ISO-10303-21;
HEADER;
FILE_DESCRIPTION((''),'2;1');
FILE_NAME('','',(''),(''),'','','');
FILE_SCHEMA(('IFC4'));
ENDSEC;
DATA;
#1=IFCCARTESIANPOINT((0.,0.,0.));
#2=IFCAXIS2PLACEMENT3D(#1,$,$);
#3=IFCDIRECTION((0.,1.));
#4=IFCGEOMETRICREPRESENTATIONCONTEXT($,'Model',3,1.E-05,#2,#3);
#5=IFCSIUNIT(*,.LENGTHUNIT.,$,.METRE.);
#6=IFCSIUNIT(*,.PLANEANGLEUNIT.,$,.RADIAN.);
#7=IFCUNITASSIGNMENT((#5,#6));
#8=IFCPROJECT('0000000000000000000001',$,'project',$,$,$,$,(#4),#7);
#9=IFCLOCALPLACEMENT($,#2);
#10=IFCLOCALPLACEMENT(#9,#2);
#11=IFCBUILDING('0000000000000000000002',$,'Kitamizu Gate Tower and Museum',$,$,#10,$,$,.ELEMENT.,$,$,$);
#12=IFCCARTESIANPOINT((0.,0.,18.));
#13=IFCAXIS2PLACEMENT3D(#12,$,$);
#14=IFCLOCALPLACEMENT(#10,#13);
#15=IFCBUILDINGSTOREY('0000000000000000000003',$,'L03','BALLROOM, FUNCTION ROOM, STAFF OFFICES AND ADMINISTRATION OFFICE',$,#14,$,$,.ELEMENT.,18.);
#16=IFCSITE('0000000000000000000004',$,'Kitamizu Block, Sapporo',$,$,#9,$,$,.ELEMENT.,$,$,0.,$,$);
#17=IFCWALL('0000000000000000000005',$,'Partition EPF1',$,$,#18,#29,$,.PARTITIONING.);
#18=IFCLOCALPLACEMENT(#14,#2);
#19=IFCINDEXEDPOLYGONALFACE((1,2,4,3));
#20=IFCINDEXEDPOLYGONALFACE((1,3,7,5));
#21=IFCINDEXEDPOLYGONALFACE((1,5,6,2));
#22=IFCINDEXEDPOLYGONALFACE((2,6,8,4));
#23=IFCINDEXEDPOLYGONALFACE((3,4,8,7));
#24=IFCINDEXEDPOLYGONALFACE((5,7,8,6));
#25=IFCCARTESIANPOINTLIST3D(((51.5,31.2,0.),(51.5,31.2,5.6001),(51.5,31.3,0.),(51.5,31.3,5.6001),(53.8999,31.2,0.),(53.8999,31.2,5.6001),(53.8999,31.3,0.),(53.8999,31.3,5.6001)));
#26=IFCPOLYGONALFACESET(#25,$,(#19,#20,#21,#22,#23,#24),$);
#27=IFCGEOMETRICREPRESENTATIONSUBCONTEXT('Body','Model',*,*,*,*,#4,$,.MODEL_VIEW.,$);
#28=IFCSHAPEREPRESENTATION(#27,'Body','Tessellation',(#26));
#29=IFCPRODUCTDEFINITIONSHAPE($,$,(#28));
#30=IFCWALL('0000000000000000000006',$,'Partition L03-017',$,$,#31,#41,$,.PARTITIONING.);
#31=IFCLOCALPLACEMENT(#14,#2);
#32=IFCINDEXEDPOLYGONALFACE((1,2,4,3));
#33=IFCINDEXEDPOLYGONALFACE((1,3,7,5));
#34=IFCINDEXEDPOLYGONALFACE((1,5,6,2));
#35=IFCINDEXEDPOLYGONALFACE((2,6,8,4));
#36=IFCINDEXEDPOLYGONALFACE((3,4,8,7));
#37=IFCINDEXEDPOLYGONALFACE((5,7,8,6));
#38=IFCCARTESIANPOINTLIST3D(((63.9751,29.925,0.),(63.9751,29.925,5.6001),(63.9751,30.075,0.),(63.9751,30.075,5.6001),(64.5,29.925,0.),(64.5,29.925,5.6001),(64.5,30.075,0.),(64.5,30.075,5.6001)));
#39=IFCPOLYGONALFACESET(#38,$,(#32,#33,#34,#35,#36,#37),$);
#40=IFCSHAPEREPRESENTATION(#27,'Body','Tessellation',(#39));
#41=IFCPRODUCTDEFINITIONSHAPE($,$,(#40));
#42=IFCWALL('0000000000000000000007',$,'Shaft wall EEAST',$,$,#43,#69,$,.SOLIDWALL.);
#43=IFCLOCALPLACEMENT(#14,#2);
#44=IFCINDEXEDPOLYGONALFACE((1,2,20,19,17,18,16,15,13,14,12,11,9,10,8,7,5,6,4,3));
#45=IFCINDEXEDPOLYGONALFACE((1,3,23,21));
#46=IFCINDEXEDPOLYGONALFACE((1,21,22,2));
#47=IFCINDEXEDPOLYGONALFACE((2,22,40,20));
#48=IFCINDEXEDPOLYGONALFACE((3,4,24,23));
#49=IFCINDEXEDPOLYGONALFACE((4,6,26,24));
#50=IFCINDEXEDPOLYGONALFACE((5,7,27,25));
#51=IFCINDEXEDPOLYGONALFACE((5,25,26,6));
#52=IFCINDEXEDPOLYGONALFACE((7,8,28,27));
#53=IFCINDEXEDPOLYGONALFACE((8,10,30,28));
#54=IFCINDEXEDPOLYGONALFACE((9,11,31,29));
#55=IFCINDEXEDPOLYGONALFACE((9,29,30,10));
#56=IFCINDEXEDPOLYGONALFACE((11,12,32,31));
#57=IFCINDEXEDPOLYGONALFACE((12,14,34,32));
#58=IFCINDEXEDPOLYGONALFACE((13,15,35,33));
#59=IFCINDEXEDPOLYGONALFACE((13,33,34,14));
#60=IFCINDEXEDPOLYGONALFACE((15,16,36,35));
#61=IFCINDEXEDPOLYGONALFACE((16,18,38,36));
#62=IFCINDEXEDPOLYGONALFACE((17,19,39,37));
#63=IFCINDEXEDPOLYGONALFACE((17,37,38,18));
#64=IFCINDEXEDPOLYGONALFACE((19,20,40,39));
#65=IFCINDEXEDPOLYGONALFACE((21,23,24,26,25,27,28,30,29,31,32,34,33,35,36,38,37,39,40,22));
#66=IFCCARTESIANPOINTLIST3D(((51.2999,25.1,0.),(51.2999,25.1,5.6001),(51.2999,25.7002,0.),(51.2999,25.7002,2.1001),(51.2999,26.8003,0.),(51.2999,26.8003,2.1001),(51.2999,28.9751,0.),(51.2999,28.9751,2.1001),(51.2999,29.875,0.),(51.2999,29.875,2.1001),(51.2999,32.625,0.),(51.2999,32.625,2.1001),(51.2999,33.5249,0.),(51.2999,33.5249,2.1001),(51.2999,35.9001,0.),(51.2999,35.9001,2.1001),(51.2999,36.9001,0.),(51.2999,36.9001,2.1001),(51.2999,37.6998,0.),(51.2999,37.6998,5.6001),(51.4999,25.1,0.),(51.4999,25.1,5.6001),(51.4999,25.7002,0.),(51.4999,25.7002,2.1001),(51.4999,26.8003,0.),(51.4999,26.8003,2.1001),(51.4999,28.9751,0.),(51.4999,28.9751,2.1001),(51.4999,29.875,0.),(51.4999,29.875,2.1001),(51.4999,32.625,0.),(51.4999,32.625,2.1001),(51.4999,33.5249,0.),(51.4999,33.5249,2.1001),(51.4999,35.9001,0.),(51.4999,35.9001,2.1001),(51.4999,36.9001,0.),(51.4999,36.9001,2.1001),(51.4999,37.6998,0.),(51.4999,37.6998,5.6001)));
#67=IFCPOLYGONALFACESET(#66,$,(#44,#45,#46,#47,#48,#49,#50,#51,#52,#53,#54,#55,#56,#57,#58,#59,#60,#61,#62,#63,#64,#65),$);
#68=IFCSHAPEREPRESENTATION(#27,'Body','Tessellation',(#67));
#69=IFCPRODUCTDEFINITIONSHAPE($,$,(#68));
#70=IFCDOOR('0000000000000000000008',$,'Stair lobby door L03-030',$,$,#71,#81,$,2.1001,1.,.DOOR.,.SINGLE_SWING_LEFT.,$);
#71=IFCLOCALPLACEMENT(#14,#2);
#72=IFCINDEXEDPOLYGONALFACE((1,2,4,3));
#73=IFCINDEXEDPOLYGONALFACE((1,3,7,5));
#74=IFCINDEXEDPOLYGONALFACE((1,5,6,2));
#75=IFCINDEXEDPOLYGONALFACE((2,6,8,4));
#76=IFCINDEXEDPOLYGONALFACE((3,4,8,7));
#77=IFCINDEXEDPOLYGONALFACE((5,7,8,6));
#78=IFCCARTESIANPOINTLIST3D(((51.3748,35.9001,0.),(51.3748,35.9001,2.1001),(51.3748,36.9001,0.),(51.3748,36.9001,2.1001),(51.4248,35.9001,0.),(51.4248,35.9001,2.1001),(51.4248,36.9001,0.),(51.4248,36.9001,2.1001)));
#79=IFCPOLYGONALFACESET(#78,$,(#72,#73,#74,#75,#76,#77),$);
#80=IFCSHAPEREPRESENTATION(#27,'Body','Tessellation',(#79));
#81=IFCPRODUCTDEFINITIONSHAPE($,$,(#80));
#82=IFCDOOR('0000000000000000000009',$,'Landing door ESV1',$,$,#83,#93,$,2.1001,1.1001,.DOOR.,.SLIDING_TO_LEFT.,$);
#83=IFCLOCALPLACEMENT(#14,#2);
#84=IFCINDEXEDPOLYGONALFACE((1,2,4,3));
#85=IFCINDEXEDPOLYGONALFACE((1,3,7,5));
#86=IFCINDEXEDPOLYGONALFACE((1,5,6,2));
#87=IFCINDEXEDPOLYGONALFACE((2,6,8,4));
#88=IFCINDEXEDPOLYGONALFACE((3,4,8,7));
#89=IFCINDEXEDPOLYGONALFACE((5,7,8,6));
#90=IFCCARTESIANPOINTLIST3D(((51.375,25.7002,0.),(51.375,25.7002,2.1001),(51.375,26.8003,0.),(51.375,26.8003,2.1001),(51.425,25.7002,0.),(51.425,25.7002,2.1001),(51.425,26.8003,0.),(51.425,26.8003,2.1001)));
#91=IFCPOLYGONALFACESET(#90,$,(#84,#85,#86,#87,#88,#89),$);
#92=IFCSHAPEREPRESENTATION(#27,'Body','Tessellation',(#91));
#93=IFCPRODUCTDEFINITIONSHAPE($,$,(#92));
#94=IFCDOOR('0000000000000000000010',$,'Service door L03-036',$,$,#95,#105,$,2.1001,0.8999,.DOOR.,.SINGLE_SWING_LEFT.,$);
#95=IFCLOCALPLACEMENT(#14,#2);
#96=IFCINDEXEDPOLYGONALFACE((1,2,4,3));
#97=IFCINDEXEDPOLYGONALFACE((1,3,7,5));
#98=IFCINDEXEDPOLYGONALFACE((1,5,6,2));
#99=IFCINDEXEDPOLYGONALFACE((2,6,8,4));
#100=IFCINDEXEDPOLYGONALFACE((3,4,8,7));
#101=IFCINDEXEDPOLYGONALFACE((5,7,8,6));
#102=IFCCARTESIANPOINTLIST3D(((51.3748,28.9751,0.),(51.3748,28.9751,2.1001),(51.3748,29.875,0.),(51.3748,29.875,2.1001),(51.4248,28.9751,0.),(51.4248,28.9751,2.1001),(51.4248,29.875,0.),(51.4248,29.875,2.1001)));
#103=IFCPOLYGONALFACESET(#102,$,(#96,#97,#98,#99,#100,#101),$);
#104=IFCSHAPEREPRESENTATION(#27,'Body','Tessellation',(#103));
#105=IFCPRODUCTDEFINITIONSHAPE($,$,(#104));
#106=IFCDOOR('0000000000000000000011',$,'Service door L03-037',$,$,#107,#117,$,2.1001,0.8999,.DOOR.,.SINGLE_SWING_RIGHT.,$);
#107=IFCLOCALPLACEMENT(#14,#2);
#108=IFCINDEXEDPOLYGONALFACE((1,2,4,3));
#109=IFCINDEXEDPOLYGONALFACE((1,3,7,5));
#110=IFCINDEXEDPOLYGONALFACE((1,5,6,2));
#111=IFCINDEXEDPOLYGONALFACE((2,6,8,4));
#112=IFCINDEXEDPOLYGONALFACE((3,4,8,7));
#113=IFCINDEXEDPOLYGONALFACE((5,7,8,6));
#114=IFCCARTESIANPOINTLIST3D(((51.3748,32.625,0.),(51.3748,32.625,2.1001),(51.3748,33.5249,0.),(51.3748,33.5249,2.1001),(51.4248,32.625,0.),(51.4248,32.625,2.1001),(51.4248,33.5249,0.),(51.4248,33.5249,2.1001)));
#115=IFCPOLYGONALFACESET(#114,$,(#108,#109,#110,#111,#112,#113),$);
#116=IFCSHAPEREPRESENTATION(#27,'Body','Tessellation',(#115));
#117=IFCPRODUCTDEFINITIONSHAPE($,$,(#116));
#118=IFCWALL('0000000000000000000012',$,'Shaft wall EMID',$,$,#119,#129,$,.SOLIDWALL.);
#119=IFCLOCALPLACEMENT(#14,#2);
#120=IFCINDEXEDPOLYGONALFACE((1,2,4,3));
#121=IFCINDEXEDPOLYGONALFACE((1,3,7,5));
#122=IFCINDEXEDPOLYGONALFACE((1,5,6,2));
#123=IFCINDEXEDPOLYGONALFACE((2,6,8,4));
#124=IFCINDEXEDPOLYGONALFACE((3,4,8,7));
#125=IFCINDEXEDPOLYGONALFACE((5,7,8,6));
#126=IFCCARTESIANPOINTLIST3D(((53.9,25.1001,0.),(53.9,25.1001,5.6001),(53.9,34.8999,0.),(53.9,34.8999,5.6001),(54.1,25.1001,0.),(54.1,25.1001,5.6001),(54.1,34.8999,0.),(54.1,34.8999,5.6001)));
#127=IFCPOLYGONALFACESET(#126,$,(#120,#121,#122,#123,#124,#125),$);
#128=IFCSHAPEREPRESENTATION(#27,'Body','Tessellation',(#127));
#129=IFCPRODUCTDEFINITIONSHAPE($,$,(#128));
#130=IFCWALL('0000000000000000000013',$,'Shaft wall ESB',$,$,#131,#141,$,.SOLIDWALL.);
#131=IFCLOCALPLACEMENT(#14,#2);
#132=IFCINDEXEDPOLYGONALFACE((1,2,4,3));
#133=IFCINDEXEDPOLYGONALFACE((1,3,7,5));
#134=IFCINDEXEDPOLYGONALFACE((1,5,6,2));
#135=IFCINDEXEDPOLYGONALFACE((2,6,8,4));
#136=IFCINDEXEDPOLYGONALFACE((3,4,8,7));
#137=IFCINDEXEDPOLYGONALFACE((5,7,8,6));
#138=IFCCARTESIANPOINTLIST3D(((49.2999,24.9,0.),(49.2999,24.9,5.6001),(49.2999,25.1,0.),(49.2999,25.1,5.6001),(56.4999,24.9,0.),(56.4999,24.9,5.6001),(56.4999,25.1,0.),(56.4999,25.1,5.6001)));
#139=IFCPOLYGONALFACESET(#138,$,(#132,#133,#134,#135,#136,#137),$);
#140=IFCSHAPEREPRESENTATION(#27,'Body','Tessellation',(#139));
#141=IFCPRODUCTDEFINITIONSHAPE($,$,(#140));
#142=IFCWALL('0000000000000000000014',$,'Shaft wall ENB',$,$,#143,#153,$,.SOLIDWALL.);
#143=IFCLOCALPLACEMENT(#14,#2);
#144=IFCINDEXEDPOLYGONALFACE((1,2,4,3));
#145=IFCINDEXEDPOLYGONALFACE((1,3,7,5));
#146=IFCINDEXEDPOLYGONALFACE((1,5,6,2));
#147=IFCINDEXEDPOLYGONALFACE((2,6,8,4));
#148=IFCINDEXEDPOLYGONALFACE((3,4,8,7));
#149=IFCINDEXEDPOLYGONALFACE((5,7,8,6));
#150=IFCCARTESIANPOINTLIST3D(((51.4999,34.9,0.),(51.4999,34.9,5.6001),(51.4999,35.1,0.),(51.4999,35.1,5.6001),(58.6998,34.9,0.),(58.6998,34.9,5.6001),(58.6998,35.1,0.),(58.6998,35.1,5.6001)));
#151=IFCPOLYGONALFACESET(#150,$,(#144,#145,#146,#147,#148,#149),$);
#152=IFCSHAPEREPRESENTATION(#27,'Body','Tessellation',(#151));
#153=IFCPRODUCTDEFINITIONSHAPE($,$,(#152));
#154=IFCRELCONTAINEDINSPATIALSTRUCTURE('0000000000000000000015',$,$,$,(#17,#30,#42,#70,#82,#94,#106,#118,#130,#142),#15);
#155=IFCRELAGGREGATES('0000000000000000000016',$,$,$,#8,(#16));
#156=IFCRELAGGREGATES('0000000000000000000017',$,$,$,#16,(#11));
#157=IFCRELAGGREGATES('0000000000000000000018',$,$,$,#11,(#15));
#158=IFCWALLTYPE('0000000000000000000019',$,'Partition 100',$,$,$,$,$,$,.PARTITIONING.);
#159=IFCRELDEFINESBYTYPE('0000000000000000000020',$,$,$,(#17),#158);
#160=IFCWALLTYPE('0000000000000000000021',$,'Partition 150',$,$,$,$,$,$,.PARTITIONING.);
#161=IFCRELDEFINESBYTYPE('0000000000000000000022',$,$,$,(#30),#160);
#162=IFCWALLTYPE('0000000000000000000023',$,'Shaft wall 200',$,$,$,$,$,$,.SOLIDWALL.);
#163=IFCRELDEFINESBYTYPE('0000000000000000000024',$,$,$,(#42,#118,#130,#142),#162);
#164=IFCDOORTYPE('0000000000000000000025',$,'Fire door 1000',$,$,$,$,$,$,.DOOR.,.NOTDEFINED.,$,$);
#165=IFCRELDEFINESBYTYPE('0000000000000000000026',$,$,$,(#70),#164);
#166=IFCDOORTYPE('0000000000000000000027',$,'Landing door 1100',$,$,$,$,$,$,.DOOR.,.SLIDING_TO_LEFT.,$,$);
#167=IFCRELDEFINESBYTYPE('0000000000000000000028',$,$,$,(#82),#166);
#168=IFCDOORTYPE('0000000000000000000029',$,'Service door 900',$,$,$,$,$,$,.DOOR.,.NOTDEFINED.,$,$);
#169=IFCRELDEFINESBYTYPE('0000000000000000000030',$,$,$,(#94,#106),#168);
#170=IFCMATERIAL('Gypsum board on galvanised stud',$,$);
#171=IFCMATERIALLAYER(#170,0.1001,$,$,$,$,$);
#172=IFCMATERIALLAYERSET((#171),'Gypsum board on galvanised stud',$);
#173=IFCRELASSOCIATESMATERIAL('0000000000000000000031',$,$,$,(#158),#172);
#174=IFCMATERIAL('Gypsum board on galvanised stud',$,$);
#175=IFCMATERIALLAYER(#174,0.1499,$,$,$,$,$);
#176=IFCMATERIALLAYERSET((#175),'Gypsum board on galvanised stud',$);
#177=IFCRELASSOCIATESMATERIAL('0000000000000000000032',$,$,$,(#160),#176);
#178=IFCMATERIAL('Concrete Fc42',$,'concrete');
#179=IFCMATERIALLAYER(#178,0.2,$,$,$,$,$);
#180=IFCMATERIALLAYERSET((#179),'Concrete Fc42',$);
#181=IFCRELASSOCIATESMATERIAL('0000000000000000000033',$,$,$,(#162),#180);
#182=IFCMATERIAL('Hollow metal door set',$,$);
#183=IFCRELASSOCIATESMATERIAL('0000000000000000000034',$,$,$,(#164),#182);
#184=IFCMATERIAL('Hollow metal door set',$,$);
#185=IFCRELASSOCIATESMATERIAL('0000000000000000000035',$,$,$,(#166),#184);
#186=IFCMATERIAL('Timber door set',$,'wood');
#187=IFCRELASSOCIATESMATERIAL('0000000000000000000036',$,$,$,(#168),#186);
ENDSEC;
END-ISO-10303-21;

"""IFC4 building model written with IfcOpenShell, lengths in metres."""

from ifc_helpers import new_model, si_unit, direction, frame, frame_2d, origin, place, context, subcontext, project, spatial, rectangle, extrude, material, layer, layer_set, type_object, element, fill, save


model = new_model("IFC4")

# Units and contexts
model_context = context("Model", 3, precision=1e-05, world=origin(), true_north=direction((0.0, 1.0)))
body_context = subcontext(model_context, "Body", "Model", "MODEL_VIEW")
ifc_project = project(units=[si_unit("LENGTHUNIT", "METRE"), si_unit("PLANEANGLEUNIT", "RADIAN")], contexts=[model_context])

# Site, building, storey
site_placement = place(None, origin())
site = spatial("IfcSite", under=ifc_project, at=site_placement, Name="Kitamizu Block, Sapporo", CompositionType="ELEMENT", RefElevation=0.0)
building_placement = place(site_placement, origin())
building = spatial("IfcBuilding", under=site, at=building_placement, Name="Kitamizu Gate Tower and Museum", CompositionType="ELEMENT")
storey_placement = place(building_placement, frame((0.0, 0.0, 18.0)))
storey = spatial("IfcBuildingStorey", under=building, at=storey_placement, Name="L03", Description="BALLROOM, FUNCTION ROOM, STAFF OFFICES AND ADMINISTRATION OFFICE", CompositionType="ELEMENT", Elevation=18.0)

# Walls
ifc_material_1 = material(Name="Gypsum board on galvanised stud")
ifc_layer_1 = layer(ifc_material_1, 0.1001)
ifc_layer_set_1 = layer_set([ifc_layer_1], Name="Gypsum board on galvanised stud")
wall_type_1 = type_object("IfcWallType", Name="Partition 100", PredefinedType="PARTITIONING", material=ifc_layer_set_1)
wall_1_placement = place(storey_placement, frame((53.8999, 31.25, 0.0), z_axis=(0.0, 0.0, 1.0), x_axis=(-1.0, 0.0, 0.0)))
element("IfcWall", 1, at=wall_1_placement, inside=storey, type_object=wall_type_1, Name="Partition EPF1", PredefinedType="PARTITIONING", context=body_context, shape_type="SweptSolid", body=[
    extrude(rectangle(XDim=2.3999, YDim=0.1001, at=frame_2d((1.2, 0.0))), origin(), (0.0, 0.0, 1.0), 5.6001),
])
ifc_material_2 = material(Name="Gypsum board on galvanised stud")
ifc_layer_2 = layer(ifc_material_2, 0.1499)
ifc_layer_set_2 = layer_set([ifc_layer_2], Name="Gypsum board on galvanised stud")
wall_type_2 = type_object("IfcWallType", Name="Partition 150", PredefinedType="PARTITIONING", material=ifc_layer_set_2)
wall_2_placement = place(storey_placement, frame((63.9751, 30.0, 0.0), z_axis=(0.0, 0.0, 1.0), x_axis=(1.0, 0.0, 0.0)))
element("IfcWall", 2, at=wall_2_placement, inside=storey, type_object=wall_type_2, Name="Partition L03-017", PredefinedType="PARTITIONING", context=body_context, shape_type="SweptSolid", body=[
    extrude(rectangle(XDim=0.5249, YDim=0.1499, at=frame_2d((0.2625, 0.0))), origin(), (0.0, 0.0, 1.0), 5.6001),
])

# Wall, openings, doors
ifc_material_3 = material(Name="Concrete Fc42", Category="concrete")
ifc_layer_3 = layer(ifc_material_3, 0.2)
ifc_layer_set_3 = layer_set([ifc_layer_3], Name="Concrete Fc42")
wall_type_3 = type_object("IfcWallType", Name="Shaft wall 200", PredefinedType="SOLIDWALL", material=ifc_layer_set_3)
wall_3_placement = place(storey_placement, frame((51.3999, 25.1001, 0.0), z_axis=(0.0, 0.0, 1.0), x_axis=(0.0, 1.0, 0.0)))
wall_3 = element("IfcWall", 3, at=wall_3_placement, inside=storey, type_object=wall_type_3, Name="Shaft wall EEAST", PredefinedType="SOLIDWALL", context=body_context, shape_type="SweptSolid", body=[
    extrude(rectangle(XDim=12.5999, YDim=0.2, at=frame_2d((6.2998, 0.0))), origin(), (0.0, 0.0, 1.0), 5.6001),
])
opening_1_placement = place(wall_3_placement, frame((0.6001, 0.0, 0.0)))
opening_1 = element("IfcOpeningElement", 4, at=opening_1_placement, cuts=wall_3, PredefinedType="OPENING", context=body_context, shape_type="SweptSolid", body=[
    extrude(rectangle(XDim=1.1001, YDim=2.1001, at=frame_2d((0.55, 1.05))), frame((0.0, 0.1099, 0.0), z_axis=(0.0, -1.0, 0.0), x_axis=(1.0, 0.0, 0.0)), (0.0, 0.0, 1.0), 0.22),
])
opening_2_placement = place(wall_3_placement, frame((10.8, 0.0, 0.0)))
opening_2 = element("IfcOpeningElement", 5, at=opening_2_placement, cuts=wall_3, PredefinedType="OPENING", context=body_context, shape_type="SweptSolid", body=[
    extrude(rectangle(XDim=1.0, YDim=2.1001, at=frame_2d((0.5, 1.05))), frame((0.0, 0.1099, 0.0), z_axis=(0.0, -1.0, 0.0), x_axis=(1.0, 0.0, 0.0)), (0.0, 0.0, 1.0), 0.22),
])
opening_3_placement = place(wall_3_placement, frame((3.875, 0.0, 0.0)))
opening_3 = element("IfcOpeningElement", 6, at=opening_3_placement, cuts=wall_3, PredefinedType="OPENING", context=body_context, shape_type="SweptSolid", body=[
    extrude(rectangle(XDim=0.8999, YDim=2.1001, at=frame_2d((0.45, 1.05))), frame((0.0, 0.1099, 0.0), z_axis=(0.0, -1.0, 0.0), x_axis=(1.0, 0.0, 0.0)), (0.0, 0.0, 1.0), 0.22),
])
opening_4_placement = place(wall_3_placement, frame((7.5249, 0.0, 0.0)))
opening_4 = element("IfcOpeningElement", 7, at=opening_4_placement, cuts=wall_3, PredefinedType="OPENING", context=body_context, shape_type="SweptSolid", body=[
    extrude(rectangle(XDim=0.8999, YDim=2.1001, at=frame_2d((0.45, 1.05))), frame((0.0, 0.1099, 0.0), z_axis=(0.0, -1.0, 0.0), x_axis=(1.0, 0.0, 0.0)), (0.0, 0.0, 1.0), 0.22),
])
ifc_material_4 = material(Name="Hollow metal door set")
door_type_1 = type_object("IfcDoorType", Name="Fire door 1000", OperationType="NOTDEFINED", PredefinedType="DOOR", material=ifc_material_4)
door_1_placement = place(opening_2_placement, frame((1.0, 0.0, 0.0), x_axis=(-1.0, 0.0, 0.0)))
door_1 = element("IfcDoor", 8, at=door_1_placement, inside=storey, type_object=door_type_1, Name="Stair lobby door L03-030", OperationType="SINGLE_SWING_LEFT", OverallHeight=2.1001, OverallWidth=1.0, PredefinedType="DOOR", context=body_context, shape_type="SweptSolid", body=[
    extrude(rectangle(XDim=1.0, YDim=2.1001, at=frame_2d((0.5, 1.05))), frame((0.0, 0.0249, 0.0), z_axis=(0.0, -1.0, 0.0), x_axis=(1.0, 0.0, 0.0)), (0.0, 0.0, 1.0), 0.05),
])
fill(opening_2, door_1)
ifc_material_5 = material(Name="Hollow metal door set")
door_type_2 = type_object("IfcDoorType", Name="Landing door 1100", OperationType="SLIDING_TO_LEFT", PredefinedType="DOOR", material=ifc_material_5)
door_2_placement = place(opening_1_placement, origin())
door_2 = element("IfcDoor", 9, at=door_2_placement, inside=storey, type_object=door_type_2, Name="Landing door ESV1", OperationType="SLIDING_TO_LEFT", OverallHeight=2.1001, OverallWidth=1.1001, PredefinedType="DOOR", context=body_context, shape_type="SweptSolid", body=[
    extrude(rectangle(XDim=1.1001, YDim=2.1001, at=frame_2d((0.55, 1.05))), frame((0.0, 0.0249, 0.0), z_axis=(0.0, -1.0, 0.0), x_axis=(1.0, 0.0, 0.0)), (0.0, 0.0, 1.0), 0.05),
])
fill(opening_1, door_2)
ifc_material_6 = material(Name="Timber door set", Category="wood")
door_type_3 = type_object("IfcDoorType", Name="Service door 900", OperationType="NOTDEFINED", PredefinedType="DOOR", material=ifc_material_6)
door_3_placement = place(opening_3_placement, frame((0.8999, 0.0, 0.0), x_axis=(-1.0, 0.0, 0.0)))
door_3 = element("IfcDoor", 10, at=door_3_placement, inside=storey, type_object=door_type_3, Name="Service door L03-036", OperationType="SINGLE_SWING_LEFT", OverallHeight=2.1001, OverallWidth=0.8999, PredefinedType="DOOR", context=body_context, shape_type="SweptSolid", body=[
    extrude(rectangle(XDim=0.8999, YDim=2.1001, at=frame_2d((0.45, 1.05))), frame((0.0, 0.0249, 0.0), z_axis=(0.0, -1.0, 0.0), x_axis=(1.0, 0.0, 0.0)), (0.0, 0.0, 1.0), 0.05),
])
fill(opening_3, door_3)
door_4_placement = place(opening_4_placement, frame((0.8999, 0.0, 0.0), x_axis=(-1.0, 0.0, 0.0)))
door_4 = element("IfcDoor", 11, at=door_4_placement, inside=storey, type_object=door_type_3, Name="Service door L03-037", OperationType="SINGLE_SWING_RIGHT", OverallHeight=2.1001, OverallWidth=0.8999, PredefinedType="DOOR", context=body_context, shape_type="SweptSolid", body=[
    extrude(rectangle(XDim=0.8999, YDim=2.1001, at=frame_2d((0.45, 1.05))), frame((0.0, 0.0249, 0.0), z_axis=(0.0, -1.0, 0.0), x_axis=(1.0, 0.0, 0.0)), (0.0, 0.0, 1.0), 0.05),
])
fill(opening_4, door_4)

# Walls
wall_4_placement = place(storey_placement, frame((54.0, 25.1001, 0.0), z_axis=(0.0, 0.0, 1.0), x_axis=(0.0, 1.0, 0.0)))
element("IfcWall", 12, at=wall_4_placement, inside=storey, type_object=wall_type_3, Name="Shaft wall EMID", PredefinedType="SOLIDWALL", context=body_context, shape_type="SweptSolid", body=[
    extrude(rectangle(XDim=9.7998, YDim=0.2, at=frame_2d((4.8999, 0.0))), origin(), (0.0, 0.0, 1.0), 5.6001),
])
for number, where, z_axis, x_axis, name in (
    (13, (56.5, 25.0, 0.0), (0.0, 0.0, 1.0), (-1.0, 0.0, 0.0), "Shaft wall ESB"),
    (14, (58.7, 35.0, 0.0), (0.0, 0.0, 1.0), (-1.0, 0.0, 0.0), "Shaft wall ENB"),
):
    element("IfcWall", number, at=place(storey_placement, frame(where, z_axis=z_axis, x_axis=x_axis)), inside=storey, type_object=wall_type_3, Name=name, PredefinedType="SOLIDWALL", context=body_context, shape_type="SweptSolid", body=[
        extrude(rectangle(XDim=7.2, YDim=0.2, at=frame_2d((3.6001, 0.0))), origin(), (0.0, 0.0, 1.0), 5.6001),
    ])

save(model, "model.ifc")
